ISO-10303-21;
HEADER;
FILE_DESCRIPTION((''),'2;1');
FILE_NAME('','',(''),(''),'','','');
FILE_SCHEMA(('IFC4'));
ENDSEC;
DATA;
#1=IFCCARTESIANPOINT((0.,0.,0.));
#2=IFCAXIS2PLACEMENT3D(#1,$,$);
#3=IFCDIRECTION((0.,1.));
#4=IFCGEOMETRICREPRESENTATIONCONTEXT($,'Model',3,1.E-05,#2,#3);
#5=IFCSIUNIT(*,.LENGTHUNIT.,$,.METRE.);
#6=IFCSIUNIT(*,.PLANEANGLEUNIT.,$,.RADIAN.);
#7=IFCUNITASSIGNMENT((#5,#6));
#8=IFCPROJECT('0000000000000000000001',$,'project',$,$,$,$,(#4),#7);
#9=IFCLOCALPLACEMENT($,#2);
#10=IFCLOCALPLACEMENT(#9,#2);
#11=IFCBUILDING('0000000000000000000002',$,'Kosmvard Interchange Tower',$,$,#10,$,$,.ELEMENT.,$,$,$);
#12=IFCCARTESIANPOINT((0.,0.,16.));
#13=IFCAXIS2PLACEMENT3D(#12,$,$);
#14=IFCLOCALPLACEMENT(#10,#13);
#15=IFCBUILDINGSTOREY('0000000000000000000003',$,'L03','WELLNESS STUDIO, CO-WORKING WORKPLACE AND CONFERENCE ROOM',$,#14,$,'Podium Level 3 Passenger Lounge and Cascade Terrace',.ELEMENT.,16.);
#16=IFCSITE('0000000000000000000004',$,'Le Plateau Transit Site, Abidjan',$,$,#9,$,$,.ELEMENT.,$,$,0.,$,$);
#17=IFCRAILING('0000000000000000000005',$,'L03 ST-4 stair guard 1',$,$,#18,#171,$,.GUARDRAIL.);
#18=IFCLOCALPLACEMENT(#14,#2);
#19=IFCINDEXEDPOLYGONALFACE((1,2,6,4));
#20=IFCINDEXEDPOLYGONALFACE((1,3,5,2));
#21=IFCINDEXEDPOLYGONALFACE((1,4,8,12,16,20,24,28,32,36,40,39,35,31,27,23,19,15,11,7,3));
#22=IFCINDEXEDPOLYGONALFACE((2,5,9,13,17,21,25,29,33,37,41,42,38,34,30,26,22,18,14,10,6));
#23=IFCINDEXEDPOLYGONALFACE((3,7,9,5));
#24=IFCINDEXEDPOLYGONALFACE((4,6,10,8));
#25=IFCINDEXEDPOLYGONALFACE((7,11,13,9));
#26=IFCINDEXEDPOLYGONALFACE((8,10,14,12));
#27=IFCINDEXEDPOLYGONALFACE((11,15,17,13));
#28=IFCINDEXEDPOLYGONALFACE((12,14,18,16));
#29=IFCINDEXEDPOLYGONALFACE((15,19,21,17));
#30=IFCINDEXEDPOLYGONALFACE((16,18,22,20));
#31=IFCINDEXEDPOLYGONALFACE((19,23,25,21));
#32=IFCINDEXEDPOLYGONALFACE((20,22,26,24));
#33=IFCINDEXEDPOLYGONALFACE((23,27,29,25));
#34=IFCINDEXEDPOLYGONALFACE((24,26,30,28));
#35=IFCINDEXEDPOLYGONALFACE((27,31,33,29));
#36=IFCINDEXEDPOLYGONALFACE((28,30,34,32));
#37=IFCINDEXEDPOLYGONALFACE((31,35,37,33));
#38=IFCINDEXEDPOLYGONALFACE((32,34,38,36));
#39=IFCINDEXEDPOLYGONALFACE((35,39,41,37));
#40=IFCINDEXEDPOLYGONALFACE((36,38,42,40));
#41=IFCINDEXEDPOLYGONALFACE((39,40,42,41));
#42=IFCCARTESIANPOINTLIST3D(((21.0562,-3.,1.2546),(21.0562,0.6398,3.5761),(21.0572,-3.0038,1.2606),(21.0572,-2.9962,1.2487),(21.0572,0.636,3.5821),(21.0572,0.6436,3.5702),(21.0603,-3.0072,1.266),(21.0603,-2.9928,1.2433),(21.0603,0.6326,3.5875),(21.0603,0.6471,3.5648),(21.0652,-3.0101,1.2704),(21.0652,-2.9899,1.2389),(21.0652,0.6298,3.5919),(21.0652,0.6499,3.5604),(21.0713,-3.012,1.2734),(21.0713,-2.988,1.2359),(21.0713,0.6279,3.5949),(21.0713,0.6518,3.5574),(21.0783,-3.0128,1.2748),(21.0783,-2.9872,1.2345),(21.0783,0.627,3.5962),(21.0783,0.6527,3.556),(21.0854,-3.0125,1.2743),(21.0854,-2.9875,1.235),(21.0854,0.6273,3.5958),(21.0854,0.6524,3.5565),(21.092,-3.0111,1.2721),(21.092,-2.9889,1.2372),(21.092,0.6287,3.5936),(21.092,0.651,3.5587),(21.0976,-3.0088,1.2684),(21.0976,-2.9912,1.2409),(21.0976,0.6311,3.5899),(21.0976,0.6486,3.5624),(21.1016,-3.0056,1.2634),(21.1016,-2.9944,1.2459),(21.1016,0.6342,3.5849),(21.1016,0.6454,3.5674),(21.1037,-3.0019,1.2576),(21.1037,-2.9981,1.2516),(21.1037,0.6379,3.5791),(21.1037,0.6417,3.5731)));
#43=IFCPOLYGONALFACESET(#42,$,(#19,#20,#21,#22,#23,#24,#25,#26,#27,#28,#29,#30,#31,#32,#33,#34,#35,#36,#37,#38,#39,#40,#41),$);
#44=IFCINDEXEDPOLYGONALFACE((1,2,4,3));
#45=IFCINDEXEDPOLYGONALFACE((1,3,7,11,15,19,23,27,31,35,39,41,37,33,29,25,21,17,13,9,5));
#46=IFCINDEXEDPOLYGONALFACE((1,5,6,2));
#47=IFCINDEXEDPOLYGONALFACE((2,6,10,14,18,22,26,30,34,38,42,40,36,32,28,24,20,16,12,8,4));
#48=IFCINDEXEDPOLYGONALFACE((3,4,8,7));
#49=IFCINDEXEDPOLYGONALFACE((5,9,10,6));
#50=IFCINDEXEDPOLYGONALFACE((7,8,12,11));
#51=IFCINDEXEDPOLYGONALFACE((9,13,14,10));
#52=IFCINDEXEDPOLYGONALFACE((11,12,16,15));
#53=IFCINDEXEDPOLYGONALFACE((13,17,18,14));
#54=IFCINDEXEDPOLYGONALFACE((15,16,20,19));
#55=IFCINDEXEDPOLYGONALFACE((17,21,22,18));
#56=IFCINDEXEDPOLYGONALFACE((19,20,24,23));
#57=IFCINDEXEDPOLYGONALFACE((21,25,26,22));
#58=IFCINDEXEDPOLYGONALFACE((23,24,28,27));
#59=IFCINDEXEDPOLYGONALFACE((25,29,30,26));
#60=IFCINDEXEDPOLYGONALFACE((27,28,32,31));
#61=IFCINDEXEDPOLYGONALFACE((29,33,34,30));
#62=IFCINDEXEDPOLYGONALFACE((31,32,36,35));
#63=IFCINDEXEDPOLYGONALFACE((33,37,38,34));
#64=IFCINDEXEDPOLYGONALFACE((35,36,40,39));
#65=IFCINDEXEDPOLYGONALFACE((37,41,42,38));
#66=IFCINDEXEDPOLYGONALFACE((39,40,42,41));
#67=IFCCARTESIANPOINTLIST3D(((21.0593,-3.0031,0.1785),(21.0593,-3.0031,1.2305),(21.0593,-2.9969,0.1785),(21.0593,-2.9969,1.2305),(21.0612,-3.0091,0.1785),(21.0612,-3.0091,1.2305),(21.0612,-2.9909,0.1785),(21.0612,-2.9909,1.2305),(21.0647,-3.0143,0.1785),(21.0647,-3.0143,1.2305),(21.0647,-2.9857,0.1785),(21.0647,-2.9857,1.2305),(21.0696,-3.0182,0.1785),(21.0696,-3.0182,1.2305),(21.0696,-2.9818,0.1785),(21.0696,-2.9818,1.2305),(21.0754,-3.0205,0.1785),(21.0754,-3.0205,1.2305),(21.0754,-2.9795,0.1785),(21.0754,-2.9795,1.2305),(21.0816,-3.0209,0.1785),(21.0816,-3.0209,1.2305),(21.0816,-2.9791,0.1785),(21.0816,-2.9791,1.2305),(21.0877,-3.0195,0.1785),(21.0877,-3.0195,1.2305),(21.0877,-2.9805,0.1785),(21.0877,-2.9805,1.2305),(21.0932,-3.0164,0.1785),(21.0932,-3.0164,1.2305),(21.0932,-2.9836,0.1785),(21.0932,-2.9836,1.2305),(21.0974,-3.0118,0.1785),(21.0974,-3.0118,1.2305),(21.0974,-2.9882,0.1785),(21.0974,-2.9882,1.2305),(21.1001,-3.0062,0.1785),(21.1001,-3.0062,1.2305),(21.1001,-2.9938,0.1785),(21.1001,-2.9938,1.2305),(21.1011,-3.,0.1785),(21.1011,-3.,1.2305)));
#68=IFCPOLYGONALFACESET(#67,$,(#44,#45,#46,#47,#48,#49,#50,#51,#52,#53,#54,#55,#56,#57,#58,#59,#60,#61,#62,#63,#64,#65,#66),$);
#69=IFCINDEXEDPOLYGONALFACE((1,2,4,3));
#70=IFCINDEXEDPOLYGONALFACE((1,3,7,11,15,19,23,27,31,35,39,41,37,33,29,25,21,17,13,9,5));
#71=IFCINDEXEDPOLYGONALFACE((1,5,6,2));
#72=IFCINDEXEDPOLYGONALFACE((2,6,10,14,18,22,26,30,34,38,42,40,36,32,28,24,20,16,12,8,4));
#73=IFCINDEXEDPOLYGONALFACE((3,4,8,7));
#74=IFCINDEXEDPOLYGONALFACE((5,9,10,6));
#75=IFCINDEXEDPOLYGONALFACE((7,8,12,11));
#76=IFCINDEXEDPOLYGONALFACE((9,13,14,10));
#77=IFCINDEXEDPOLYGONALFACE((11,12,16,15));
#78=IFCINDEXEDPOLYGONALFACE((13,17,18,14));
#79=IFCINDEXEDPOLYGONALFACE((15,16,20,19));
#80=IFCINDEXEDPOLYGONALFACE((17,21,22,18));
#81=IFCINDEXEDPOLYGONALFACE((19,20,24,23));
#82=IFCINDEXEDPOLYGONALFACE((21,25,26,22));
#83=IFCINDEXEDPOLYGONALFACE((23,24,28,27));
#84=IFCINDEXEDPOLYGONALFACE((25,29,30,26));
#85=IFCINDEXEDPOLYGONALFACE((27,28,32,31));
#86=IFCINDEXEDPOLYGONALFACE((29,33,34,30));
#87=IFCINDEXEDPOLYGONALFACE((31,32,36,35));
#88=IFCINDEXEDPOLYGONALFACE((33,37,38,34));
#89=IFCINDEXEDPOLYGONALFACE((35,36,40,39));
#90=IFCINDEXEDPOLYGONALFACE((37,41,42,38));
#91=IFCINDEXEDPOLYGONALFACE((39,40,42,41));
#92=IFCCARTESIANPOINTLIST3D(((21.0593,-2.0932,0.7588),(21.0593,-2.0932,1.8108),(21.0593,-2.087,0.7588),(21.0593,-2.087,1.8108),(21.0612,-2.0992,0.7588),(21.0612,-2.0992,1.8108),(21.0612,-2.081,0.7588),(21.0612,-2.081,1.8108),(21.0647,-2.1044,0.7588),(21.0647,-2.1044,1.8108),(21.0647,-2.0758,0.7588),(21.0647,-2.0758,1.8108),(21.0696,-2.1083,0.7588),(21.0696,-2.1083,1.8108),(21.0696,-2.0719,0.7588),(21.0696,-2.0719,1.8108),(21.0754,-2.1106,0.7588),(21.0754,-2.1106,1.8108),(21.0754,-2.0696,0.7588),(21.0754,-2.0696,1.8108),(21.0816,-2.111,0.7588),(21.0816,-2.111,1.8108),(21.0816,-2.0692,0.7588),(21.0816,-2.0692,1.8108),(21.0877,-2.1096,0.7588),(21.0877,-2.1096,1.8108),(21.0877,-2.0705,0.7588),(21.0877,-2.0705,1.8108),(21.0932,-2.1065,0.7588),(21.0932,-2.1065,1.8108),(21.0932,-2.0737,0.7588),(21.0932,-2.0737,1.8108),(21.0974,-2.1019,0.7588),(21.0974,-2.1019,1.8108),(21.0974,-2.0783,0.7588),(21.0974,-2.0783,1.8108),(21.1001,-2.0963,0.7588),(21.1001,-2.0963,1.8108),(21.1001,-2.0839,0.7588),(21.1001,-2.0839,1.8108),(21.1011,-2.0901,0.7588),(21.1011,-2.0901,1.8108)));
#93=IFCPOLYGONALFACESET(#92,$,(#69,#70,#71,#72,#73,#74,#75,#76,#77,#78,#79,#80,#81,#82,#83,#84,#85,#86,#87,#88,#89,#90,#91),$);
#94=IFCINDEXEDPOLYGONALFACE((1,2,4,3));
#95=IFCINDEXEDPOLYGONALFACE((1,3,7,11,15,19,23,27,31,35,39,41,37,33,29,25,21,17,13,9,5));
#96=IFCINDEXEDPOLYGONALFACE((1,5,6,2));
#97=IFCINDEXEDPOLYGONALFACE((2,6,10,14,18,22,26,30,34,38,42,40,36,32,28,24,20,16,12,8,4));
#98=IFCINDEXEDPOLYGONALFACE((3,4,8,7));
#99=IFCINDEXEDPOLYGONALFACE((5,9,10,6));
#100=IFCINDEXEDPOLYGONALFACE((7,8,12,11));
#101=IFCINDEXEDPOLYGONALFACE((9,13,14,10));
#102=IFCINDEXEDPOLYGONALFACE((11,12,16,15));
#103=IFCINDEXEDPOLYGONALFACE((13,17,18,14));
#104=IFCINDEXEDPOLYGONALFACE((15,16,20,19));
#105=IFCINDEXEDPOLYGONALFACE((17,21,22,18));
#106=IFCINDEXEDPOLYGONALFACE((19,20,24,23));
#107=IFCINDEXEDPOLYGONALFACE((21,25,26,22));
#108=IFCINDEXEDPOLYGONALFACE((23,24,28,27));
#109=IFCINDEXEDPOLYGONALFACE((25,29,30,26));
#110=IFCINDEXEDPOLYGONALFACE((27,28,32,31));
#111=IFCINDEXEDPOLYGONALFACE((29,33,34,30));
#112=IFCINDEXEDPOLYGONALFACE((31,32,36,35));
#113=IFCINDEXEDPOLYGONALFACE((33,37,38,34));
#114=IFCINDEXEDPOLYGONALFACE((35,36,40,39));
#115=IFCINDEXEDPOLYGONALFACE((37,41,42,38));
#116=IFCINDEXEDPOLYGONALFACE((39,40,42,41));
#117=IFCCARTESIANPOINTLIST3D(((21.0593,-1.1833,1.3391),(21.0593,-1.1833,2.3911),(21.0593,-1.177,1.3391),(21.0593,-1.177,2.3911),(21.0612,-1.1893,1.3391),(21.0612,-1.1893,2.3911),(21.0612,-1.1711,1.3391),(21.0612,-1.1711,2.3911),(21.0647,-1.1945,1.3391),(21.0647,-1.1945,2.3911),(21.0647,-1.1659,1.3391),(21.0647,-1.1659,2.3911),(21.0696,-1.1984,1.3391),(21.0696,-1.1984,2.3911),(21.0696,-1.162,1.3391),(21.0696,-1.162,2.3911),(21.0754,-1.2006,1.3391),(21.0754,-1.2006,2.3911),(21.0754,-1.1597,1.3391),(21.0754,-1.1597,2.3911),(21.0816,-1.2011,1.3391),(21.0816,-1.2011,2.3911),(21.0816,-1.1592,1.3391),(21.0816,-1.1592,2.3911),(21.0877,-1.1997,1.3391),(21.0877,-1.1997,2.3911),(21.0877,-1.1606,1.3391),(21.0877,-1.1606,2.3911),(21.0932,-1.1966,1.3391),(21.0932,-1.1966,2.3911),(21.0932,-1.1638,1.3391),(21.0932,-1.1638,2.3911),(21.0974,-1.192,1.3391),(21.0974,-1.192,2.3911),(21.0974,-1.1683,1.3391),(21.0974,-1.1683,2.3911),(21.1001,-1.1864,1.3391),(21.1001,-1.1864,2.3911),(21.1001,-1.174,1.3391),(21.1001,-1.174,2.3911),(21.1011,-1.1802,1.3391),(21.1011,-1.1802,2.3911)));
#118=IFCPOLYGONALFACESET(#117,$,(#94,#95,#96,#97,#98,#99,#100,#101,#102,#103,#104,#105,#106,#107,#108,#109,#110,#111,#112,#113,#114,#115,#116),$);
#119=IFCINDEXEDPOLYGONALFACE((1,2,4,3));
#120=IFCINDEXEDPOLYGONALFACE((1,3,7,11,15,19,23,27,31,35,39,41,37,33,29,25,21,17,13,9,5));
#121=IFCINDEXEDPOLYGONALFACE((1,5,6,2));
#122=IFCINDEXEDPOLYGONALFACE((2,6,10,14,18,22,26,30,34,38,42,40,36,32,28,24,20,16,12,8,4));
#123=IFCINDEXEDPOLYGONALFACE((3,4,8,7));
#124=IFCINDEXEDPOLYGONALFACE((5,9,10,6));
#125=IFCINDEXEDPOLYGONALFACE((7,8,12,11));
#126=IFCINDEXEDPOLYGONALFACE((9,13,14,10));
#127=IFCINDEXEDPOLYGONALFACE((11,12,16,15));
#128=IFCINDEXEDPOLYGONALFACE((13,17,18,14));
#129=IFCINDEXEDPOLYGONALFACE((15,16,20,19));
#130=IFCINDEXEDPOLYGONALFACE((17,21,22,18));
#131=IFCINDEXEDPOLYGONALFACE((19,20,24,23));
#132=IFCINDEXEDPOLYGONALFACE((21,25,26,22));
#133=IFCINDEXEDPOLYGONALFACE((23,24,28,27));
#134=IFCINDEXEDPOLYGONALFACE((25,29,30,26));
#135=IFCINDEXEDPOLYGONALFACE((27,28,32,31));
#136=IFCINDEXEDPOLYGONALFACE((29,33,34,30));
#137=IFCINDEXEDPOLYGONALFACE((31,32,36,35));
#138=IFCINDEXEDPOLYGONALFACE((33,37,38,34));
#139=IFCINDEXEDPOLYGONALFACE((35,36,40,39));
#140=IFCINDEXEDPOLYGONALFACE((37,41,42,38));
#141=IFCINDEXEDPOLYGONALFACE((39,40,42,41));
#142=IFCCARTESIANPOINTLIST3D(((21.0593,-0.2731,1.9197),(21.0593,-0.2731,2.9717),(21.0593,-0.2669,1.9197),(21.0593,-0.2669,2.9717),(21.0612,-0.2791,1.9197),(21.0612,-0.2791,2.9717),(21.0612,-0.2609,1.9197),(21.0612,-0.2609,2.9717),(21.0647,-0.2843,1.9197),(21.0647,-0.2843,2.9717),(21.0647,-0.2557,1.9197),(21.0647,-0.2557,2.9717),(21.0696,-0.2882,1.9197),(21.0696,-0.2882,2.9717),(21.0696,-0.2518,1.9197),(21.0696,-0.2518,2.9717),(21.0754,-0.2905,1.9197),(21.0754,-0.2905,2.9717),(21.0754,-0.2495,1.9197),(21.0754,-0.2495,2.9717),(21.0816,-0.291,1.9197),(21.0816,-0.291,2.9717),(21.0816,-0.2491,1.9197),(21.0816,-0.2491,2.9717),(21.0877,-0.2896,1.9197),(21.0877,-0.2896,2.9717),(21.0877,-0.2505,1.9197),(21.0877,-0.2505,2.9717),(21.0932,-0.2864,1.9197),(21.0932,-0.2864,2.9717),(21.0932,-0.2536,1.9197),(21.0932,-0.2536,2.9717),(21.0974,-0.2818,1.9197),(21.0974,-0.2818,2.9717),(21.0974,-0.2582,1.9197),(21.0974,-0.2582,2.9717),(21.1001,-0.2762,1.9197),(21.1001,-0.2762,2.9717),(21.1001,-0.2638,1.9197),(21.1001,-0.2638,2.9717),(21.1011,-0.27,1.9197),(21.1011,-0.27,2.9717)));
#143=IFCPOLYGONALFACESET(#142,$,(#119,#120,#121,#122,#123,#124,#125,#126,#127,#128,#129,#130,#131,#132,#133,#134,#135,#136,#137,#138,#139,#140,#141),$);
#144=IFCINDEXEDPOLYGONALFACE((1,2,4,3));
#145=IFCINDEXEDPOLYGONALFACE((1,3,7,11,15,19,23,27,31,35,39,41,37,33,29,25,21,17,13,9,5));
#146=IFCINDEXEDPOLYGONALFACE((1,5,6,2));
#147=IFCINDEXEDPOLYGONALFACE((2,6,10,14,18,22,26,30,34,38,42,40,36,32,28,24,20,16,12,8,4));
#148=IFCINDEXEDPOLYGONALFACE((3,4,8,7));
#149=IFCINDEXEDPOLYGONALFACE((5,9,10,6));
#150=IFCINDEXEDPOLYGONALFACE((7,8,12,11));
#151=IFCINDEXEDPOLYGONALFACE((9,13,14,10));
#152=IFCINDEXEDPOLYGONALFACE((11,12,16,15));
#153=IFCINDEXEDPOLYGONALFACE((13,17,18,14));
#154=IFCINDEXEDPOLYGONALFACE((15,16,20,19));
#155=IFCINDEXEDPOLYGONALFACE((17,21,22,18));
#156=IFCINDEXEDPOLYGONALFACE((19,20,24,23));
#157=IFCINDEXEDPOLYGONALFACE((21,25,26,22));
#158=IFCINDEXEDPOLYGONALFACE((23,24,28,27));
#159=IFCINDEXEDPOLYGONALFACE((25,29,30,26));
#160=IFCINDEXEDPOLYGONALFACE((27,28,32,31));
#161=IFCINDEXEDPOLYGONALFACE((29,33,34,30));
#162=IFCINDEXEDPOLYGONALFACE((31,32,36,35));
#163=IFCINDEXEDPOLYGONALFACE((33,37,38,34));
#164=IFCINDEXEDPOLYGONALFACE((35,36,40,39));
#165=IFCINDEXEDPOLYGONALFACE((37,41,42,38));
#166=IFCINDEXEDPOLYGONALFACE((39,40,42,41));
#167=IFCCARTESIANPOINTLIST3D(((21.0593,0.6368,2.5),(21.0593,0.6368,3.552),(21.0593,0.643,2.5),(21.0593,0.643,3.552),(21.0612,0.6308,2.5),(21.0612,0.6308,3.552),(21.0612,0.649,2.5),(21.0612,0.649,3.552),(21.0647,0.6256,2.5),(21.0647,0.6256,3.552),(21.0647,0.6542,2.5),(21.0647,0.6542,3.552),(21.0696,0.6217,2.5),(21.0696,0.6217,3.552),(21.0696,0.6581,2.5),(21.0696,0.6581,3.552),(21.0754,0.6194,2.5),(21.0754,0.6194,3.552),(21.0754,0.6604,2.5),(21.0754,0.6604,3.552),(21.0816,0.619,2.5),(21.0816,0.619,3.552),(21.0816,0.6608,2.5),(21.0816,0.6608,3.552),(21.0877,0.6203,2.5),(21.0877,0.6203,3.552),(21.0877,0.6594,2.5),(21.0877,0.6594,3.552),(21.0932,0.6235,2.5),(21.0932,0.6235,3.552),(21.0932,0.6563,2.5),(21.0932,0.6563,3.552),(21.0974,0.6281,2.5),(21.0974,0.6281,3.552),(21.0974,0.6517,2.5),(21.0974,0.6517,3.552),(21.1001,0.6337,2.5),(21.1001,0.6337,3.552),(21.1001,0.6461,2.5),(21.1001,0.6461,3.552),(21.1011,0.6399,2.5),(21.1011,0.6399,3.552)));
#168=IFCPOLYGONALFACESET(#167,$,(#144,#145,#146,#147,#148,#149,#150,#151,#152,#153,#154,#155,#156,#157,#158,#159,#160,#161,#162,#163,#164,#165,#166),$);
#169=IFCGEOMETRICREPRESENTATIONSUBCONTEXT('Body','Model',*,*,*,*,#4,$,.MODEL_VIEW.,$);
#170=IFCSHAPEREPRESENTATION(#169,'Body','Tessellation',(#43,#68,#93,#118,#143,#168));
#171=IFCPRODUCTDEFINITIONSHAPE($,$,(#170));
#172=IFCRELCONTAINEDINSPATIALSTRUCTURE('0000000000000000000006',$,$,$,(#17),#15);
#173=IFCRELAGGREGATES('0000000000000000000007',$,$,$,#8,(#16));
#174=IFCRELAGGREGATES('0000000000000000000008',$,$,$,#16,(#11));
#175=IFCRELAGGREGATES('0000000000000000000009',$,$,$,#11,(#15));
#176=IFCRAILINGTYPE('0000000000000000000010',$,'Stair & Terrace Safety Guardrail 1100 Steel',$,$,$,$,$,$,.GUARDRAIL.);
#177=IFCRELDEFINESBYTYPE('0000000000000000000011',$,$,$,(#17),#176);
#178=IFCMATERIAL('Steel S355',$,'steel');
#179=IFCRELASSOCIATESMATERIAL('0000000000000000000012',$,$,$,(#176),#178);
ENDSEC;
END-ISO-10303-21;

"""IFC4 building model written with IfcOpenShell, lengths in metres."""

from ifc_helpers import new_model, si_unit, direction, frame, origin, origin_2d, place, context, subcontext, project, spatial, circle, extrude, source, transform, mapped, material, type_object, element, save


model = new_model("IFC4")

# Units and contexts
model_context = context("Model", 3, precision=1e-05, world=origin(), true_north=direction((0.0, 1.0)))
body_context = subcontext(model_context, "Body", "Model", "MODEL_VIEW")
ifc_project = project(units=[si_unit("LENGTHUNIT", "METRE"), si_unit("PLANEANGLEUNIT", "RADIAN")], contexts=[model_context])

# Site, building, storey
site_placement = place(None, origin())
site = spatial("IfcSite", under=ifc_project, at=site_placement, Name="Le Plateau Transit Site, Abidjan", CompositionType="ELEMENT", RefElevation=0.0)
building_placement = place(site_placement, origin())
building = spatial("IfcBuilding", under=site, at=building_placement, Name="Kosmvard Interchange Tower", CompositionType="ELEMENT")
storey_placement = place(building_placement, frame((0.0, 0.0, 16.0)))
storey = spatial("IfcBuildingStorey", under=building, at=storey_placement, Name="L03", Description="WELLNESS STUDIO, CO-WORKING WORKPLACE AND CONFERENCE ROOM", LongName="Podium Level 3 Passenger Lounge and Cascade Terrace", CompositionType="ELEMENT", Elevation=16.0)

# Shared definitions
ifc_material_1 = material(Name="Steel S355", Category="steel")

# Railing
railing_type_1 = type_object("IfcRailingType", Name="Stair & Terrace Safety Guardrail 1100 Steel", PredefinedType="GUARDRAIL", material=ifc_material_1)
shared_shape_1 = source(origin(), body_context, "Body", "SweptSolid", [
    extrude(circle(Radius=0.0239, at=origin_2d()), frame((0.0, 0.0, 1.0762), z_axis=(0.0, 0.843112, 0.537739), x_axis=(-1.0, 0.0, 0.0)), (0.0, 0.0, 1.0), 4.3171),
    extrude(circle(Radius=0.021, at=origin_2d()), origin(), (0.0, 0.0, 1.0), 1.052),
    extrude(circle(Radius=0.021, at=origin_2d()), frame((0.0, 0.9099, 0.5803)), (0.0, 0.0, 1.0), 1.052),
    extrude(circle(Radius=0.021, at=origin_2d()), frame((0.0, 1.8198, 1.1606)), (0.0, 0.0, 1.0), 1.052),
    extrude(circle(Radius=0.021, at=origin_2d()), frame((0.0, 2.73, 1.7412)), (0.0, 0.0, 1.0), 1.052),
    extrude(circle(Radius=0.021, at=origin_2d()), frame((0.0, 3.6399, 2.3215)), (0.0, 0.0, 1.0), 1.052),
])
railing_1_placement = place(storey_placement, frame((21.0801, -3.0, 0.1785)))
element("IfcRailing", 1, at=railing_1_placement, inside=storey, type_object=railing_type_1, Name="L03 ST-4 stair guard 1", PredefinedType="GUARDRAIL", context=body_context, shape_type="MappedRepresentation", body=[
    mapped(shared_shape_1, transform((0.0, 0.0, 0.0), scale=1.0)),
])

save(model, "model.ifc")
